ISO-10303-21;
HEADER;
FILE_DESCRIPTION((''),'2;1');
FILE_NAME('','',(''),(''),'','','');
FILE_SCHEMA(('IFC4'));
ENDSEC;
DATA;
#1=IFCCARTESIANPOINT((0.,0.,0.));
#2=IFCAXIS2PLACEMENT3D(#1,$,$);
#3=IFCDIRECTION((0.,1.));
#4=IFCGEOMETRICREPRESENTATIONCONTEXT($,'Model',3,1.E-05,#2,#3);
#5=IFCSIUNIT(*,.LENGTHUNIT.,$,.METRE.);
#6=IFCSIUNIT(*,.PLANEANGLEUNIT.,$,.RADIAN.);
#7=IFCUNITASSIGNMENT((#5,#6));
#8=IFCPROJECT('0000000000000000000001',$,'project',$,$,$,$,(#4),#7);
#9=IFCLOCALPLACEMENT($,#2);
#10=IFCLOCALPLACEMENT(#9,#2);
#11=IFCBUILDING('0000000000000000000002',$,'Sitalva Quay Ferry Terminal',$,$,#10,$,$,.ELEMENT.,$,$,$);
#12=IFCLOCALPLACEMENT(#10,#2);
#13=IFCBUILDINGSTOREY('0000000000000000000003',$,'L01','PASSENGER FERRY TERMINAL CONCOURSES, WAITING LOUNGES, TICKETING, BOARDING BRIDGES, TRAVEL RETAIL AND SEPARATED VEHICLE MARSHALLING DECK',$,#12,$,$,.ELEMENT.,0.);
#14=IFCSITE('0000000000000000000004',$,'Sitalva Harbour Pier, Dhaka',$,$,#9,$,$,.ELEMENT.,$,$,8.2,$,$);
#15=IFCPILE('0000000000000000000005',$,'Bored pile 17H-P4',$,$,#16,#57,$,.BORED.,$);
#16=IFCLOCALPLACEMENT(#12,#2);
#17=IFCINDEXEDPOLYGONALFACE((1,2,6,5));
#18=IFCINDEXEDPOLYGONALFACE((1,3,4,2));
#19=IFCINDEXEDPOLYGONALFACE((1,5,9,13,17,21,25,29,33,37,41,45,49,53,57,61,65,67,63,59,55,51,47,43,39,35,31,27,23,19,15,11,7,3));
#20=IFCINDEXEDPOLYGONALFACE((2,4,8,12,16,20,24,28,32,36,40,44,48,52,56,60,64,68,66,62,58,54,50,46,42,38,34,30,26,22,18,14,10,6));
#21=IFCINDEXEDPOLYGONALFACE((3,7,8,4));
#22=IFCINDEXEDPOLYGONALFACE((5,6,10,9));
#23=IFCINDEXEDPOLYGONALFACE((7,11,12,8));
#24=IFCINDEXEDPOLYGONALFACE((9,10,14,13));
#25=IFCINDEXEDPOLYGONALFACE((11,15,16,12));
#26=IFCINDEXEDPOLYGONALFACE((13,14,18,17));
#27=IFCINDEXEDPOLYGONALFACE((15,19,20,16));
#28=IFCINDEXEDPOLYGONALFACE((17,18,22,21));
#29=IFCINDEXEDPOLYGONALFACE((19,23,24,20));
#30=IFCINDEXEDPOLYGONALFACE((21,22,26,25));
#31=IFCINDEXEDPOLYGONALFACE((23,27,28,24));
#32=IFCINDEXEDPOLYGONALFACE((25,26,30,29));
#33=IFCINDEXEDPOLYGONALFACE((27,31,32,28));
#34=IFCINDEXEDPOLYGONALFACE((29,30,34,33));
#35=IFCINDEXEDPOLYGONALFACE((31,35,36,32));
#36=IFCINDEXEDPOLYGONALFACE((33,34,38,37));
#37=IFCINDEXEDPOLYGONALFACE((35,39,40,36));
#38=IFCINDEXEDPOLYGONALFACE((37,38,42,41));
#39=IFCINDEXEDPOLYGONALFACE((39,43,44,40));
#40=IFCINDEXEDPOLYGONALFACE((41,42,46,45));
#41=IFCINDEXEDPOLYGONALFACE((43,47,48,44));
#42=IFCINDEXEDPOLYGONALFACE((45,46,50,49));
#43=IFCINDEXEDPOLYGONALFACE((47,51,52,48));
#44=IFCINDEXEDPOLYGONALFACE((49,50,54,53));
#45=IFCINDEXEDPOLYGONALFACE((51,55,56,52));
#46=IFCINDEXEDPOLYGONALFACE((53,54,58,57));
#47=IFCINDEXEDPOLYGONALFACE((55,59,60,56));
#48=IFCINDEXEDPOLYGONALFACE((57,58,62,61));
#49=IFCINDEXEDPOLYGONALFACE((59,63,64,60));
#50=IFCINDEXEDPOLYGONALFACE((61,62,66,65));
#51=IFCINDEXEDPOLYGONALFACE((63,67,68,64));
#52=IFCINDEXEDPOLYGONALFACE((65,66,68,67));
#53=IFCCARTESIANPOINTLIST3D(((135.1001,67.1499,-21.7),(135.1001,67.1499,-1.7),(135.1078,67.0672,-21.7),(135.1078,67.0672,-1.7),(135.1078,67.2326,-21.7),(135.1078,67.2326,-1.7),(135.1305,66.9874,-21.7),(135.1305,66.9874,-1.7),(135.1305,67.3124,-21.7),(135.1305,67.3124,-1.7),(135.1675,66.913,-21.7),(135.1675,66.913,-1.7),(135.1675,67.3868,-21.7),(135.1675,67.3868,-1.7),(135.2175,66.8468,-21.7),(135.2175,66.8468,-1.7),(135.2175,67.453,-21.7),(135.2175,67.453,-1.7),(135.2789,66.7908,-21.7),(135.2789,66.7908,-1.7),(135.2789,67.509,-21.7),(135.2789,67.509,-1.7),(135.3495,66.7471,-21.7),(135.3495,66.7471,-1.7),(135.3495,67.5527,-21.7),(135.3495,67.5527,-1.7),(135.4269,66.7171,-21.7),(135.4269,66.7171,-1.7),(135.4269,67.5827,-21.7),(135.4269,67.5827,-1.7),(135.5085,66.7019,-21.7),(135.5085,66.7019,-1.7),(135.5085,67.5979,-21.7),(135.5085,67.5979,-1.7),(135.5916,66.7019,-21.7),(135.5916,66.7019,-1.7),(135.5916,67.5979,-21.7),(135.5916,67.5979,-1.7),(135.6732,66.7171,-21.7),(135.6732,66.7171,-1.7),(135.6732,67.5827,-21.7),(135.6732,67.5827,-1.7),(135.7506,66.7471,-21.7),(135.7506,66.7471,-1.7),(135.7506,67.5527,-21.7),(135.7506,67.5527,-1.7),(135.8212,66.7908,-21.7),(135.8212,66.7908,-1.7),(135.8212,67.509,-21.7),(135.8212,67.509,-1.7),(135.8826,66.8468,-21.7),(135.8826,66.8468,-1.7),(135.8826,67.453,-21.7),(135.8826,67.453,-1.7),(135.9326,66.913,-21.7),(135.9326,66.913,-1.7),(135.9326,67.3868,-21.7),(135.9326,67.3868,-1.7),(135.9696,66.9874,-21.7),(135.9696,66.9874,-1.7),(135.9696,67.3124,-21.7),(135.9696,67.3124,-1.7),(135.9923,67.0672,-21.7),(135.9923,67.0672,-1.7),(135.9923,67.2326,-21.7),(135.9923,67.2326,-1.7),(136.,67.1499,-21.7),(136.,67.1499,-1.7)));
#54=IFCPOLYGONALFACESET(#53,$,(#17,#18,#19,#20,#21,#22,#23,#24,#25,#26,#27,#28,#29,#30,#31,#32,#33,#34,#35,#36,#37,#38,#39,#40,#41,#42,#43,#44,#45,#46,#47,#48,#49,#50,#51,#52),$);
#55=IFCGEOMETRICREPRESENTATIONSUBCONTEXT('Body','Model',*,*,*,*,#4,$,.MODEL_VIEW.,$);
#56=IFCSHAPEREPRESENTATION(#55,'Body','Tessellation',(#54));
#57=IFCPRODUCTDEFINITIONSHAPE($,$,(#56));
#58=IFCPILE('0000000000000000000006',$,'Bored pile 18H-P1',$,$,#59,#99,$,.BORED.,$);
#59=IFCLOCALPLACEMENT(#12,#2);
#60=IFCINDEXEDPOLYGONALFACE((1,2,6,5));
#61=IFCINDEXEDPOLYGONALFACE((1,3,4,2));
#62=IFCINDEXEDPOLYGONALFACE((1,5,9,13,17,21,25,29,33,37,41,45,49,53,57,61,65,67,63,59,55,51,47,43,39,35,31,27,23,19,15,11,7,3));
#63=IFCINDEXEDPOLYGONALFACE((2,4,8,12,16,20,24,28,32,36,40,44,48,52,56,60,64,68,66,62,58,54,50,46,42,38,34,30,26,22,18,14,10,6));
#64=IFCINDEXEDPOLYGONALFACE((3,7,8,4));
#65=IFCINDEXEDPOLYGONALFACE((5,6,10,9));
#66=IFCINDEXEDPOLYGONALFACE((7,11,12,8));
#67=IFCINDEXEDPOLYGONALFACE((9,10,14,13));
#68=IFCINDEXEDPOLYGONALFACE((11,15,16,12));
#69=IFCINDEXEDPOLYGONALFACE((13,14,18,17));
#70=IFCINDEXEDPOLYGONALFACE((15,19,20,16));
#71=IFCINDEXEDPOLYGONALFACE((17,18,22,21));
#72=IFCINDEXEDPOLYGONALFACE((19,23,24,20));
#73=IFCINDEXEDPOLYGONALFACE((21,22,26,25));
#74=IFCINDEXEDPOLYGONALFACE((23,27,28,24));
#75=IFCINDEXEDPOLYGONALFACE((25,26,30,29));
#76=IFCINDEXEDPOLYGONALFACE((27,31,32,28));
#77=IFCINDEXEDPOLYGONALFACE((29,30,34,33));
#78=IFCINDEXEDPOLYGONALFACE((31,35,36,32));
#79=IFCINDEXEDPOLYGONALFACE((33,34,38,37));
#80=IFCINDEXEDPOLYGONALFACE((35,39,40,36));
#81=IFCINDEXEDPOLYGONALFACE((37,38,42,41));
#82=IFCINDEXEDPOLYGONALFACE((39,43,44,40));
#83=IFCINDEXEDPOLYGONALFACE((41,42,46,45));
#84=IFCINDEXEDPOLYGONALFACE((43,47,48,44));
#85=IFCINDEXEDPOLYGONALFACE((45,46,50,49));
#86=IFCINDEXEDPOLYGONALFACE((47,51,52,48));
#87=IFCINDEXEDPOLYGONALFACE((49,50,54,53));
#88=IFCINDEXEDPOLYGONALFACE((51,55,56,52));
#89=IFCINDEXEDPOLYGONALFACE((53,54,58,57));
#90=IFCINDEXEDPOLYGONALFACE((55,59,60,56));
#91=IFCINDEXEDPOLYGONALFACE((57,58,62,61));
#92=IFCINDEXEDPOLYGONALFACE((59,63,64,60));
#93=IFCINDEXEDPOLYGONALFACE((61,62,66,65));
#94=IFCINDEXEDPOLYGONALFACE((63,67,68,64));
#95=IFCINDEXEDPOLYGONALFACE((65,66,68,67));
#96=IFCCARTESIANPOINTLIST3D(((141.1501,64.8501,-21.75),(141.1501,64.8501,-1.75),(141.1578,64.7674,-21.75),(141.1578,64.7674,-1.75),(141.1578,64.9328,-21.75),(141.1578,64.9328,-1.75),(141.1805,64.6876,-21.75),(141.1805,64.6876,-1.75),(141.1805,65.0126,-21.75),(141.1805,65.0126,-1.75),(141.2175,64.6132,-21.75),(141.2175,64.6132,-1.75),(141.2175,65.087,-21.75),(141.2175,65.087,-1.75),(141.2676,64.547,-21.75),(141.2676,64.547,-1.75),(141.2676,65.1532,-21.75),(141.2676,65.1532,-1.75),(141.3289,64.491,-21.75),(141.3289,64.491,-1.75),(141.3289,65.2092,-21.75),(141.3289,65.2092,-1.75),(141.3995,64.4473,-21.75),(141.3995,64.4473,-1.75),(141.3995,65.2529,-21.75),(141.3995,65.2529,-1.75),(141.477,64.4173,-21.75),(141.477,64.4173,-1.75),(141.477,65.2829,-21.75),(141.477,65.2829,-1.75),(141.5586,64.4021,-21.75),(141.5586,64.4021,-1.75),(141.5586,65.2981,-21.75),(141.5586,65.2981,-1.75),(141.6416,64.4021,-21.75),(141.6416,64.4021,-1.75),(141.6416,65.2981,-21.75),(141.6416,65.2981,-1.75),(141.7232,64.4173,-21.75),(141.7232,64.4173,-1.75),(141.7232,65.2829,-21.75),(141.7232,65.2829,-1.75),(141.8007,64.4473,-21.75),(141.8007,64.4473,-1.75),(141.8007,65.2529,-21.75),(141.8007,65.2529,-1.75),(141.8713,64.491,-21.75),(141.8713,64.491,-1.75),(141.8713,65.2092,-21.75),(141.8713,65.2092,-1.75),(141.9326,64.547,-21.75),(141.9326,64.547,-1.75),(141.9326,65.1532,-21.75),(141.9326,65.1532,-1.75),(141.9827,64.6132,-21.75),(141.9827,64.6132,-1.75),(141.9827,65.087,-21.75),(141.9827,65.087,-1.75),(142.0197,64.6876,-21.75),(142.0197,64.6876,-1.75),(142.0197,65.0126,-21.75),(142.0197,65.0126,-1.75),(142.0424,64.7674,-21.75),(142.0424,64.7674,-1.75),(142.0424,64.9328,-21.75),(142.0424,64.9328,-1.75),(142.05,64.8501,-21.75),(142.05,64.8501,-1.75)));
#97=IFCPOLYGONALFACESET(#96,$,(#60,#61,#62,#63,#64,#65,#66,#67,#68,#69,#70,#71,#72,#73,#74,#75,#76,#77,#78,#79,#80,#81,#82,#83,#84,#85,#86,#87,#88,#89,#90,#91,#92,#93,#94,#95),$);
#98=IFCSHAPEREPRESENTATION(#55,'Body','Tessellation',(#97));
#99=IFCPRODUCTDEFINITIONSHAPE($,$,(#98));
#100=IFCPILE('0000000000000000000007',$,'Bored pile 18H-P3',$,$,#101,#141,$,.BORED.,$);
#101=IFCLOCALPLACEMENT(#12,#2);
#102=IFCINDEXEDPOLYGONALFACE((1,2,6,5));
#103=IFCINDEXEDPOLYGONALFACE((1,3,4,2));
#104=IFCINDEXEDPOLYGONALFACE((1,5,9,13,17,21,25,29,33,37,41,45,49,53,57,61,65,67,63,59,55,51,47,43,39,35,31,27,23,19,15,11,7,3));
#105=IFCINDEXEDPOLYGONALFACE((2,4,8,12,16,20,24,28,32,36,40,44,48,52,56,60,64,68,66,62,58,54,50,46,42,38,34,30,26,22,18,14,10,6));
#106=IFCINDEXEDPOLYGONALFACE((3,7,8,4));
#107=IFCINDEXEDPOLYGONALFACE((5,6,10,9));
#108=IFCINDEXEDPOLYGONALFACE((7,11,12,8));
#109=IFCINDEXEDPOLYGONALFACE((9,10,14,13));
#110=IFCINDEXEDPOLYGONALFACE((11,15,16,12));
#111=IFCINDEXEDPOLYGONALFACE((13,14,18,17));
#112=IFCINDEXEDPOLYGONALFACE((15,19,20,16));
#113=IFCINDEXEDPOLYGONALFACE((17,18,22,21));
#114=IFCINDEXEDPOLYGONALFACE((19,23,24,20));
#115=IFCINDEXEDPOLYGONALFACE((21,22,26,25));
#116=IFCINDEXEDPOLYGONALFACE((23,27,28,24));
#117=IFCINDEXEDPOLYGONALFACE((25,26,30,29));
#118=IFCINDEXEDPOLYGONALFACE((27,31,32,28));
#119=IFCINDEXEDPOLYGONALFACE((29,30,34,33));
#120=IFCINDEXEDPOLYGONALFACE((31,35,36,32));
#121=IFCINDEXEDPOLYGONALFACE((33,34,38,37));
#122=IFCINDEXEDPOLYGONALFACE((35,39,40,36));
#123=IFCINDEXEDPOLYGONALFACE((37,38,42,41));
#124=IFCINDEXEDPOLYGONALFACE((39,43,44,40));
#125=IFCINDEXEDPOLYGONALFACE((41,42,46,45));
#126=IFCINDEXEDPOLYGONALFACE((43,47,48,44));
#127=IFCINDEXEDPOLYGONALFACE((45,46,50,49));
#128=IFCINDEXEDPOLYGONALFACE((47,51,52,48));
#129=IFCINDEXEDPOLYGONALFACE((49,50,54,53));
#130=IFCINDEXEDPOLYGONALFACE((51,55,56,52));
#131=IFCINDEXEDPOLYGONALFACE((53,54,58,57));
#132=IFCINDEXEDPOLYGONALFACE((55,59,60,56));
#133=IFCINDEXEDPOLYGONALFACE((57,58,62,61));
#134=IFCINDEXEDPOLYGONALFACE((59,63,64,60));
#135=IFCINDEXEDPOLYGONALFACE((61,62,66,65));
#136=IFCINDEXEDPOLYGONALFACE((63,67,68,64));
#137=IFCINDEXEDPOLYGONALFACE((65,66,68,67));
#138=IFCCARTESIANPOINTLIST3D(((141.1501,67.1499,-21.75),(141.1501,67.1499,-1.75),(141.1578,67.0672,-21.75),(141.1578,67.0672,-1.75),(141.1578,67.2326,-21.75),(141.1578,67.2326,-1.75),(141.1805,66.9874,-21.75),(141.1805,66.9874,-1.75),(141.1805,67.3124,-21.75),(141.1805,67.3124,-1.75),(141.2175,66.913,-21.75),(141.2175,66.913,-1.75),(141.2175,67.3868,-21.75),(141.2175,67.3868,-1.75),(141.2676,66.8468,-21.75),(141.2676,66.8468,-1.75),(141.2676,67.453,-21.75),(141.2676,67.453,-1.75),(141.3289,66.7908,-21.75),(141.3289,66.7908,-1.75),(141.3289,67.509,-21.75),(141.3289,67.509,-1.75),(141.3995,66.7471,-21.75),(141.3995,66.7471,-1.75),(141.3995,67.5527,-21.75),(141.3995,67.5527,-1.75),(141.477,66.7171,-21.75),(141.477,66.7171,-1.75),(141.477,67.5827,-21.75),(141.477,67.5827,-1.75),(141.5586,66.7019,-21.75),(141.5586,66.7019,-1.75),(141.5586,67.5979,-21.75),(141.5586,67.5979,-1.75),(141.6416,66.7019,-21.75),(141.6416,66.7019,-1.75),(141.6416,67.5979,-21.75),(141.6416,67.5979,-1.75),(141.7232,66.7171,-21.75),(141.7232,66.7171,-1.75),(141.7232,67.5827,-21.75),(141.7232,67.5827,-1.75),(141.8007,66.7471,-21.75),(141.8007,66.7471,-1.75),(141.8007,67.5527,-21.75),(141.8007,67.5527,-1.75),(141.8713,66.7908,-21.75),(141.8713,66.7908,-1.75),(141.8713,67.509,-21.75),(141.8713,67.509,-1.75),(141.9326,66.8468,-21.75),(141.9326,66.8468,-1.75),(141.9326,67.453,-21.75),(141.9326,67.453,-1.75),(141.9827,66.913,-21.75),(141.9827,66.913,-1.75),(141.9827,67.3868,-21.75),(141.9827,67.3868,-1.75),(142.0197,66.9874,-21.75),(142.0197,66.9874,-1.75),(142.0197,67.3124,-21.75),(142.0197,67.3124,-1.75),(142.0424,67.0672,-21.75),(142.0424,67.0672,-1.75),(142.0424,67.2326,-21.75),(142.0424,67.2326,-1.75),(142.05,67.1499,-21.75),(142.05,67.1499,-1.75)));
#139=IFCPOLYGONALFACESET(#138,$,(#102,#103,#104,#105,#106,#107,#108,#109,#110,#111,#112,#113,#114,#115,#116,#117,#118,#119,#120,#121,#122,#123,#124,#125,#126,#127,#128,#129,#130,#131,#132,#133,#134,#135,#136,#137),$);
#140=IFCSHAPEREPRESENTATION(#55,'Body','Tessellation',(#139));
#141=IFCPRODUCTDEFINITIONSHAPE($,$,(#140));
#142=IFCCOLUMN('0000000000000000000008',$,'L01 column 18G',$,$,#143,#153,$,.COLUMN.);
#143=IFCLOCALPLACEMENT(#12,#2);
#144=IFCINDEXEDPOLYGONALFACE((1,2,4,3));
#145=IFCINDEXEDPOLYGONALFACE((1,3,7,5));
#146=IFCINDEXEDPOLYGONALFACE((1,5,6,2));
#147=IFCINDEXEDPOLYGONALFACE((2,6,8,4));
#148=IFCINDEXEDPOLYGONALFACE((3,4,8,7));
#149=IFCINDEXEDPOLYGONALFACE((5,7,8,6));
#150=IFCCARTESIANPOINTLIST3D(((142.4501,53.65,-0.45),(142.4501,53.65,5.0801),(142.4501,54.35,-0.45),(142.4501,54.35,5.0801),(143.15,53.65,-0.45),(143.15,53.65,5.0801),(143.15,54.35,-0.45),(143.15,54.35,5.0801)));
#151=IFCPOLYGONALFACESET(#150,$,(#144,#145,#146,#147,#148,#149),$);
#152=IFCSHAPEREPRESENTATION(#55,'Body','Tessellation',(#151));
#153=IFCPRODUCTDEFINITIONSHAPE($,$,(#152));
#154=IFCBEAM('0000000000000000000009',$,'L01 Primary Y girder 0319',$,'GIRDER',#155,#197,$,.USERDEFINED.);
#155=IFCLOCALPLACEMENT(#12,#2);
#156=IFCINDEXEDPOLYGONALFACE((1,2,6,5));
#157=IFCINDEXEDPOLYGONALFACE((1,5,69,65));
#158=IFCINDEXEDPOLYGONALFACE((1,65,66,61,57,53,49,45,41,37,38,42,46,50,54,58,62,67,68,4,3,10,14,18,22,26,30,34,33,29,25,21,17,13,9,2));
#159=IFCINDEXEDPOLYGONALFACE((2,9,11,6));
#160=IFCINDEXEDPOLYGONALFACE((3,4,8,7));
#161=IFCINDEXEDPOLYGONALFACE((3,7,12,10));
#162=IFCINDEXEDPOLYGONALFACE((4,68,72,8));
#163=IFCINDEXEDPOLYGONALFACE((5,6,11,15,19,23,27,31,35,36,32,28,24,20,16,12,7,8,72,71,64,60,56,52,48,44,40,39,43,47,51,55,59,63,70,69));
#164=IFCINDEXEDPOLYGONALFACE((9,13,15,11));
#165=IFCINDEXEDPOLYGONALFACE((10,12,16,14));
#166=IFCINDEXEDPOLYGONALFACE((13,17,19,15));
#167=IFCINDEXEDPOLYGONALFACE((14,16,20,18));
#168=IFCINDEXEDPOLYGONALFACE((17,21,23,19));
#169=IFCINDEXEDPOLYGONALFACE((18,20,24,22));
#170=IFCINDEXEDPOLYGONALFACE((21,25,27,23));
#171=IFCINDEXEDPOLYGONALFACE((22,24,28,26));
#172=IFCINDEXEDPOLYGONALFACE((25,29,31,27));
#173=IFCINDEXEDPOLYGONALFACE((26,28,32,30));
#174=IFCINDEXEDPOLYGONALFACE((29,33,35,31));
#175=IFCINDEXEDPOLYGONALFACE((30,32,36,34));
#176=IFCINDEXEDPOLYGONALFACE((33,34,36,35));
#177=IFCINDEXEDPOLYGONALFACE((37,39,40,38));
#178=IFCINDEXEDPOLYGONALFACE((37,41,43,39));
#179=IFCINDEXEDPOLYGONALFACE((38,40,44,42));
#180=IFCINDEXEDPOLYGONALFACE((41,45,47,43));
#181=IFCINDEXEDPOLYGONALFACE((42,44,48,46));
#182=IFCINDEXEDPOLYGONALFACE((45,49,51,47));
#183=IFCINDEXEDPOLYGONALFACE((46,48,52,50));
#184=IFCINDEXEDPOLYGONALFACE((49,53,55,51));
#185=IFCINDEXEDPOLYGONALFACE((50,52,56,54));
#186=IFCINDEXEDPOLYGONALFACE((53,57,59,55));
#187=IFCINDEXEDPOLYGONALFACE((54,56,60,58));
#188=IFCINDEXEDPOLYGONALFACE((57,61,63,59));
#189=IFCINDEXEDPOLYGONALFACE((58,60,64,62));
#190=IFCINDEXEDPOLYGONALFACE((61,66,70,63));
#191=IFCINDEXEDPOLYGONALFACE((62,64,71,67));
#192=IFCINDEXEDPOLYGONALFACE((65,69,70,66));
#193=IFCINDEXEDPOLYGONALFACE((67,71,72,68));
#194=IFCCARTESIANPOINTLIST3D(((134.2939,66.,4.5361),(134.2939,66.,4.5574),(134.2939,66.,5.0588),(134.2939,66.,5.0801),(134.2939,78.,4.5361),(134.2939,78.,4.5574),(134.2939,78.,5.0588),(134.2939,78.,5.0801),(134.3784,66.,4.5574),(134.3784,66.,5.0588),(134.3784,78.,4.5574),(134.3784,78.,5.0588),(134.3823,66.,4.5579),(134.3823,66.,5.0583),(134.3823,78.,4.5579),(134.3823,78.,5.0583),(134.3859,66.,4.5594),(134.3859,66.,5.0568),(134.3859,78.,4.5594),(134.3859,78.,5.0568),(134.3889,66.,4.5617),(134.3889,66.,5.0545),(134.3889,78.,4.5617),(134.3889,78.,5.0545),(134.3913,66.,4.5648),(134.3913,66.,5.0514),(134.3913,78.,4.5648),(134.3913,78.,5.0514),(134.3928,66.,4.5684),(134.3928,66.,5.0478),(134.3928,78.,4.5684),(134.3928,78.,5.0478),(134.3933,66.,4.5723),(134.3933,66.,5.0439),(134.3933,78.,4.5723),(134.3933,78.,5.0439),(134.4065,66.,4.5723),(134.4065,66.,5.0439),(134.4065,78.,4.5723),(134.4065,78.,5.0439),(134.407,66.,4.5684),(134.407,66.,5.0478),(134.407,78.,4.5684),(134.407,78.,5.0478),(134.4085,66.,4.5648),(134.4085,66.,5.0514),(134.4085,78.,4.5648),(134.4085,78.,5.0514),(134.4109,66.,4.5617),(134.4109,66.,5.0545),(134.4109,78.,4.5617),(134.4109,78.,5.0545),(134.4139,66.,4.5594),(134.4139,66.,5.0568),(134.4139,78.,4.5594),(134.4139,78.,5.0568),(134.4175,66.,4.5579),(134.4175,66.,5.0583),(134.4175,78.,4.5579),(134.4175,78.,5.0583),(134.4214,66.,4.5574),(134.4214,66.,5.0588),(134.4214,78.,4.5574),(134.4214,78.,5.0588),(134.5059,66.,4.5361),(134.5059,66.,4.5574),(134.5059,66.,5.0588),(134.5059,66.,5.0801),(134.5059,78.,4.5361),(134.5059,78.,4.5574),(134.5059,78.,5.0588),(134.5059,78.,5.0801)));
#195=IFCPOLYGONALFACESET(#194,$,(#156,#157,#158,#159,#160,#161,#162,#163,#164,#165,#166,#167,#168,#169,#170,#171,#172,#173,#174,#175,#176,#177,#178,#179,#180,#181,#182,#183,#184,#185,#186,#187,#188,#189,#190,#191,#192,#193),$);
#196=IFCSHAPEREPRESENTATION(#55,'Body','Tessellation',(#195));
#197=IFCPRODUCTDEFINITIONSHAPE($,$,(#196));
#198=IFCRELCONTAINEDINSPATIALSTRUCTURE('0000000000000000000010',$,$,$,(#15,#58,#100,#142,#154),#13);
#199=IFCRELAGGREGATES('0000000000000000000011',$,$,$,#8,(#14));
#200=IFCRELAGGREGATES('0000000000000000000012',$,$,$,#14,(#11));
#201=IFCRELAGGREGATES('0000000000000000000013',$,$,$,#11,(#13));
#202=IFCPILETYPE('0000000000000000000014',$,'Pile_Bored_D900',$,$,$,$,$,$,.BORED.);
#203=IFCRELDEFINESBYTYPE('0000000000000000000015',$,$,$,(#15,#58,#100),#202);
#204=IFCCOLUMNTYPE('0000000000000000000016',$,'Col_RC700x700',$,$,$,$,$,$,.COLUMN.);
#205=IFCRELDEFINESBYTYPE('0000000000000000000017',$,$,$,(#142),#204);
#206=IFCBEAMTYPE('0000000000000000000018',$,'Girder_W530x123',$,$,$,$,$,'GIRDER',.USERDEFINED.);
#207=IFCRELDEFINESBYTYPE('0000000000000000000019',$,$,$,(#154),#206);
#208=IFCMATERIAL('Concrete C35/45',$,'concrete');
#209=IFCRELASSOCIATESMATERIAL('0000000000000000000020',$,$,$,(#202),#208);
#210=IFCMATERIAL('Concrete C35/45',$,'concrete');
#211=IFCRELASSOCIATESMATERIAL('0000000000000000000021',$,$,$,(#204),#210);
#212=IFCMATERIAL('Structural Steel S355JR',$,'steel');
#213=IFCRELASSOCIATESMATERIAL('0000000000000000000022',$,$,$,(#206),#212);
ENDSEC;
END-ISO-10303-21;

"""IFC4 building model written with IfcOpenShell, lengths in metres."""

from ifc_helpers import new_model, si_unit, direction, frame, origin, origin_2d, place, context, subcontext, project, spatial, rectangle, circle, i_section, extrude, material, material_profile, profile_set, type_object, element, save


model = new_model("IFC4")

# Units and contexts
model_context = context("Model", 3, precision=1e-05, world=origin(), true_north=direction((0.0, 1.0)))
body_context = subcontext(model_context, "Body", "Model", "MODEL_VIEW")
ifc_project = project(units=[si_unit("LENGTHUNIT", "METRE"), si_unit("PLANEANGLEUNIT", "RADIAN")], contexts=[model_context])

# Site, building, storey
site_placement = place(None, origin())
site = spatial("IfcSite", under=ifc_project, at=site_placement, Name="Sitalva Harbour Pier, Dhaka", CompositionType="ELEMENT", RefElevation=8.2)
building_placement = place(site_placement, origin())
building = spatial("IfcBuilding", under=site, at=building_placement, Name="Sitalva Quay Ferry Terminal", CompositionType="ELEMENT")
storey_placement = place(building_placement, origin())
storey = spatial("IfcBuildingStorey", under=building, at=storey_placement, Name="L01", Description="PASSENGER FERRY TERMINAL CONCOURSES, WAITING LOUNGES, TICKETING, BOARDING BRIDGES, TRAVEL RETAIL AND SEPARATED VEHICLE MARSHALLING DECK", CompositionType="ELEMENT", Elevation=0.0)

# Piles
ifc_material_1 = material(Name="Concrete C35/45", Category="concrete")
ifc_material_profile_1 = material_profile(ifc_material_1, circle(Radius=0.45, at=origin_2d()), Name="PILE-D900")
ifc_profile_set_1 = profile_set([ifc_material_profile_1], Name="Concrete C35/45")
pile_type = type_object("IfcPileType", Name="Pile_Bored_D900", PredefinedType="BORED", material=ifc_profile_set_1)
for number, where, z_axis, x_axis, name in (
    (1, (135.55, 67.1499, -1.7), (0.0, 0.0, -1.0), (1.0, 0.0, 0.0), "Bored pile 17H-P4"),
    (2, (141.6001, 64.8501, -1.75), (0.0, 0.0, -1.0), (1.0, 0.0, 0.0), "Bored pile 18H-P1"),
    (3, (141.6001, 67.1499, -1.75), (0.0, 0.0, -1.0), (1.0, 0.0, 0.0), "Bored pile 18H-P3"),
):
    element("IfcPile", number, at=place(storey_placement, frame(where, z_axis=z_axis, x_axis=x_axis)), inside=storey, type_object=pile_type, Name=name, PredefinedType="BORED", context=body_context, shape_type="SweptSolid", body=[
        extrude(circle(Radius=0.45, at=origin_2d()), origin(), (0.0, 0.0, 1.0), 20.0),
    ])

# Column
ifc_material_2 = material(Name="Concrete C35/45", Category="concrete")
ifc_material_profile_2 = material_profile(ifc_material_2, rectangle(XDim=0.7, YDim=0.7, at=origin_2d()), Name="RC700x700")
ifc_profile_set_2 = profile_set([ifc_material_profile_2], Name="Concrete C35/45")
column_type = type_object("IfcColumnType", Name="Col_RC700x700", PredefinedType="COLUMN", material=ifc_profile_set_2)
column_placement = place(storey_placement, frame((142.8, 54.0, -0.45), z_axis=(0.0, 0.0, 1.0), x_axis=(1.0, 0.0, 0.0)))
element("IfcColumn", 4, at=column_placement, inside=storey, type_object=column_type, Name="L01 column 18G", PredefinedType="COLUMN", context=body_context, shape_type="SweptSolid", body=[
    extrude(rectangle(XDim=0.7, YDim=0.7, at=origin_2d()), origin(), (0.0, 0.0, 1.0), 5.53),
])

# Beam
ifc_material_3 = material(Name="Structural Steel S355JR", Category="steel")
ifc_material_profile_3 = material_profile(ifc_material_3, i_section(OverallWidth=0.2119, OverallDepth=0.5439, WebThickness=0.0132, FlangeThickness=0.0212, FilletRadius=0.0149, at=origin_2d()), Name="W530x123")
ifc_profile_set_3 = profile_set([ifc_material_profile_3], Name="Structural Steel S355JR")
beam_type_1 = type_object("IfcBeamType", Name="Girder_W530x123", ElementType="GIRDER", PredefinedType="USERDEFINED", material=ifc_profile_set_3)
for number, where, z_axis, x_axis, name in (
    (5, (134.3999, 66.0, 4.8081), (0.0, 1.0, 0.0), (-1.0, 0.0, 0.0), "L01 Primary Y girder 0319"),
):
    element("IfcBeam", number, at=place(storey_placement, frame(where, z_axis=z_axis, x_axis=x_axis)), inside=storey, type_object=beam_type_1, Name=name, ObjectType="GIRDER", PredefinedType="USERDEFINED", context=body_context, shape_type="SweptSolid", body=[
        extrude(i_section(OverallWidth=0.2119, OverallDepth=0.5439, WebThickness=0.0132, FlangeThickness=0.0212, FilletRadius=0.0149, at=origin_2d()), origin(), (0.0, 0.0, 1.0), 12.0),
    ])

save(model, "model.ifc")
